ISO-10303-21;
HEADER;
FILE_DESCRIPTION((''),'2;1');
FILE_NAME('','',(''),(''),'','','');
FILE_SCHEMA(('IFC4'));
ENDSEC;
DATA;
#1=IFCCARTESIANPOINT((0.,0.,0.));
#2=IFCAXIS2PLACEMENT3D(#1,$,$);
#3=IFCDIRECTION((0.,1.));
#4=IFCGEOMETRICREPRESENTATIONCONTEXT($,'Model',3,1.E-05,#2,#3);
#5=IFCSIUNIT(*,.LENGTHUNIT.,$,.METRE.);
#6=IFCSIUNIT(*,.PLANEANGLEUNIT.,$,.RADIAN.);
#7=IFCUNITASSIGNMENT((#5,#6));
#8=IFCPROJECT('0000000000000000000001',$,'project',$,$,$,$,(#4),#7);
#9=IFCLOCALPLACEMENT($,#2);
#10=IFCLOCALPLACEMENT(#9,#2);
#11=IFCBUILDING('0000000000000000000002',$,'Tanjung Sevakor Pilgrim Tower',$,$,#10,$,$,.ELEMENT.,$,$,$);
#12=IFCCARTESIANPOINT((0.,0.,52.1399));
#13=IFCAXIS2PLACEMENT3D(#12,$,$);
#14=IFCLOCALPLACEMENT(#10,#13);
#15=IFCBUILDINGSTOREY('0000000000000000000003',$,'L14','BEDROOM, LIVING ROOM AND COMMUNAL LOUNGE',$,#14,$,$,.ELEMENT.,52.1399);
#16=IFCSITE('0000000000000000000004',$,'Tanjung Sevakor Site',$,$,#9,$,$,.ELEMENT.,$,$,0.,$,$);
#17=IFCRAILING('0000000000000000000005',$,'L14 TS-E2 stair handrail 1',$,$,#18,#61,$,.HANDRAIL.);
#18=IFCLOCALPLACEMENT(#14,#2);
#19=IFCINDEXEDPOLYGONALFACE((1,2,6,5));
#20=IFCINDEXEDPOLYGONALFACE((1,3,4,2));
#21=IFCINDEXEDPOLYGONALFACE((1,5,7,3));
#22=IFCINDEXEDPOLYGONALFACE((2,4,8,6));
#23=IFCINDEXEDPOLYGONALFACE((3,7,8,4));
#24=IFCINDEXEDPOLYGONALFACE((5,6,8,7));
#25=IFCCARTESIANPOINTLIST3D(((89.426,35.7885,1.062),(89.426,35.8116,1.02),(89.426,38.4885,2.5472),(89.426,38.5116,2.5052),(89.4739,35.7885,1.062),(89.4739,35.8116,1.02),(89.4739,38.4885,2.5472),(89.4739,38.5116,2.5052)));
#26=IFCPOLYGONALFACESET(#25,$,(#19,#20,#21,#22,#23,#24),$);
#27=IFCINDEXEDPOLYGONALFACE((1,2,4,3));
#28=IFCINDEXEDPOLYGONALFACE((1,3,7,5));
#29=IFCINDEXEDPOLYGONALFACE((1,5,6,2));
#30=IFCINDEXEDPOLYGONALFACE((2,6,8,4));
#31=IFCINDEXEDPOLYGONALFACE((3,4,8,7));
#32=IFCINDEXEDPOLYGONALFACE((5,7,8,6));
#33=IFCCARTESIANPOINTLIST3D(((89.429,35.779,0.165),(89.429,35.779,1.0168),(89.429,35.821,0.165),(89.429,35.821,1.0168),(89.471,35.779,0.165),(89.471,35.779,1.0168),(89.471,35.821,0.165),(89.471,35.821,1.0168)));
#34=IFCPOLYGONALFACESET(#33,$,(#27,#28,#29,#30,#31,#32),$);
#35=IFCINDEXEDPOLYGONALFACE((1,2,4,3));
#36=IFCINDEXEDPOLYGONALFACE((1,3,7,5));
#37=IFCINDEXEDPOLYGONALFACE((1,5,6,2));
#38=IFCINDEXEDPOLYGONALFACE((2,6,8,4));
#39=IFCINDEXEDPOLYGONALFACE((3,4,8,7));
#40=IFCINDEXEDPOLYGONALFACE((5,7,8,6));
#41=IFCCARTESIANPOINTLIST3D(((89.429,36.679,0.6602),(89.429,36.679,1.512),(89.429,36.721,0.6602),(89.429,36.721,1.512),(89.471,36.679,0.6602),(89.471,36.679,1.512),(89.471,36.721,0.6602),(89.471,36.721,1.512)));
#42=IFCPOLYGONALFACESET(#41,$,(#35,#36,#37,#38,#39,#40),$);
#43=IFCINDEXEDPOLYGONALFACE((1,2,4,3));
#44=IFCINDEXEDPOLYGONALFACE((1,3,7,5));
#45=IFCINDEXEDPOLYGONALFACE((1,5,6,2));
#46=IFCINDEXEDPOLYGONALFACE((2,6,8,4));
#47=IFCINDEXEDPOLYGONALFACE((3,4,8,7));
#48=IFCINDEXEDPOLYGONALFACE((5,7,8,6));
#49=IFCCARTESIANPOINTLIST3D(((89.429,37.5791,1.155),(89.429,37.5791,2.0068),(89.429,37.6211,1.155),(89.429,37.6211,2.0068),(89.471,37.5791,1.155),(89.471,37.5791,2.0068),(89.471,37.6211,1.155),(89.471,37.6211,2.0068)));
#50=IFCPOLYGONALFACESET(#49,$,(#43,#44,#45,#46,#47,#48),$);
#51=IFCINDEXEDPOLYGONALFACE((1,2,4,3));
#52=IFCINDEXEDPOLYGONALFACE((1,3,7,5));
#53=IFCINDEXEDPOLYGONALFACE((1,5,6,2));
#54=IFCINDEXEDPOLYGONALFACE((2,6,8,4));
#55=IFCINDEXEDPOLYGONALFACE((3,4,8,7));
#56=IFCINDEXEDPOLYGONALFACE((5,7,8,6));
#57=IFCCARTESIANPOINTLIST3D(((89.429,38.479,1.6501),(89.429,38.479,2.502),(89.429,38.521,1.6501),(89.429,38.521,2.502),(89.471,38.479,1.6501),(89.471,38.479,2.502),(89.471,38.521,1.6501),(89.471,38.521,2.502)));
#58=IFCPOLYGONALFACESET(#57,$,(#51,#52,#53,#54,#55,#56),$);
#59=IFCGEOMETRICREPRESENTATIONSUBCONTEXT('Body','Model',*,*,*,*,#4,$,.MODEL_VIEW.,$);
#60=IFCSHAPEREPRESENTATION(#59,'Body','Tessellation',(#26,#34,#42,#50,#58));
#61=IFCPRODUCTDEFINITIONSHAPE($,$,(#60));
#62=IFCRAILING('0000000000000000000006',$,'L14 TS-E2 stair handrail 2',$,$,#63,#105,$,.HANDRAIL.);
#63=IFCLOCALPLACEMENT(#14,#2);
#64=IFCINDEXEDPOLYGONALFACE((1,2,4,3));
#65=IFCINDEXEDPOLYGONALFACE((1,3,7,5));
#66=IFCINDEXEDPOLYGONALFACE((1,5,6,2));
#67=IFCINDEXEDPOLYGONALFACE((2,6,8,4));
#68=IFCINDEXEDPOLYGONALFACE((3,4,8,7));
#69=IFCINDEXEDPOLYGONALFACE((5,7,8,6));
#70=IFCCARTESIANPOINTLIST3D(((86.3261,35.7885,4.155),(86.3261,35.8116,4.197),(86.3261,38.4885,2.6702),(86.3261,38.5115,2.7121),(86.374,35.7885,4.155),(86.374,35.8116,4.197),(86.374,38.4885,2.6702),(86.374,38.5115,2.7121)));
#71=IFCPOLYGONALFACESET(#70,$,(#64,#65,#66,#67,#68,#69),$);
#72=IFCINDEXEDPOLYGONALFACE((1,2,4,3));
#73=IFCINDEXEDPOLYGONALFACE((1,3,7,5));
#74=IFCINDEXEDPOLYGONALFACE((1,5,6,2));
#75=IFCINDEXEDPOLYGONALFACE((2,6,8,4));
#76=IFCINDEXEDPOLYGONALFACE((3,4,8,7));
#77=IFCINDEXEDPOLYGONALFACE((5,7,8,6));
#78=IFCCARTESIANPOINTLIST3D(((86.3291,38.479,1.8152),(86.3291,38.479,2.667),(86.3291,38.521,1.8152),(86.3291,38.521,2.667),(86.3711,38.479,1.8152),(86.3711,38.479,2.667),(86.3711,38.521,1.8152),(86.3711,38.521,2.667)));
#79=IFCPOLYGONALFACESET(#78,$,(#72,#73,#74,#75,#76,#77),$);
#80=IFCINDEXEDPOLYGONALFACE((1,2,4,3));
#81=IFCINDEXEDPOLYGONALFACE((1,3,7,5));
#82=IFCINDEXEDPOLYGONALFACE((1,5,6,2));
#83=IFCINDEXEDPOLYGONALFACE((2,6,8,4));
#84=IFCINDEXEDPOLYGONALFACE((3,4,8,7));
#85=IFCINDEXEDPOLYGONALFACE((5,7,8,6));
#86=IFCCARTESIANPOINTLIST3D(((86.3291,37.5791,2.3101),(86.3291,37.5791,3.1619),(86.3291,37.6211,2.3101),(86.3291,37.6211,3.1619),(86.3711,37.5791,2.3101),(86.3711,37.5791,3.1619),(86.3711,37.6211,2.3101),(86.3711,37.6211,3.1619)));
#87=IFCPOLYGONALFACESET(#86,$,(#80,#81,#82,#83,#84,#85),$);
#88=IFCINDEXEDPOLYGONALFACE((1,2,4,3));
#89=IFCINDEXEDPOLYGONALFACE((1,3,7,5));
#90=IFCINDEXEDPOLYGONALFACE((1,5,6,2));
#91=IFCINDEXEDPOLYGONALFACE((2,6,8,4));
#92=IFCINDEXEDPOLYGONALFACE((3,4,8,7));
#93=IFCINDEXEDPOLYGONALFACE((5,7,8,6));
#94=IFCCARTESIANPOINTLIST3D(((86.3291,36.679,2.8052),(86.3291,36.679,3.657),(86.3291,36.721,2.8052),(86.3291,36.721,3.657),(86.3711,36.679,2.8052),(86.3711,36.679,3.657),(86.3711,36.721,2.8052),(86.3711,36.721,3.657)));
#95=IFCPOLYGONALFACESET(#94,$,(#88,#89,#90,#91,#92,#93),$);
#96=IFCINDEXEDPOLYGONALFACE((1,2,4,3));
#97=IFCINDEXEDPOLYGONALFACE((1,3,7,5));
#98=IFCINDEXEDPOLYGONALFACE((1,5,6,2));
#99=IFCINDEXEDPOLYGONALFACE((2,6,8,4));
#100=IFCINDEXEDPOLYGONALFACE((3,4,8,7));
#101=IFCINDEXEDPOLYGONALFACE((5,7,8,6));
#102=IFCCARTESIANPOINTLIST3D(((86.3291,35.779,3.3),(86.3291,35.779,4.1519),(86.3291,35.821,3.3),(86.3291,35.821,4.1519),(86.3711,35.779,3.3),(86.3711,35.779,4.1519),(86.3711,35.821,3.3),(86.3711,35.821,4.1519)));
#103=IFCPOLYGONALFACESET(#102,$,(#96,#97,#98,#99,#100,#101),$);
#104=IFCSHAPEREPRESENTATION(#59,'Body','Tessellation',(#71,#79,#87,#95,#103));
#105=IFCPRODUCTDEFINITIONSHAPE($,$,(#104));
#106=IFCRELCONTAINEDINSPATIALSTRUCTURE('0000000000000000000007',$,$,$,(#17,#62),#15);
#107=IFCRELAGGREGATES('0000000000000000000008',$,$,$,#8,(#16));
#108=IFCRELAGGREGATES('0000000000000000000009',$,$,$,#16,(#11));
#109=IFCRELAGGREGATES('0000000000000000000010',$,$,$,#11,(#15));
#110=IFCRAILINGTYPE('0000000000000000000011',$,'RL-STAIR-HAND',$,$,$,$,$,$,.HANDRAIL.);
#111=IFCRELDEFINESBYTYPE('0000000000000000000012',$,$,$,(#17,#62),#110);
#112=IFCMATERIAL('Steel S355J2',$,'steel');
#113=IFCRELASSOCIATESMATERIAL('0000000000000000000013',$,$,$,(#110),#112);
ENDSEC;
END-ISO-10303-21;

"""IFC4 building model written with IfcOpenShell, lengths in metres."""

from ifc_helpers import new_model, si_unit, direction, frame, origin, place, context, subcontext, project, spatial, rectangle, extrude, material, type_object, element, save


model = new_model("IFC4")

# Units and contexts
model_context = context("Model", 3, precision=1e-05, world=origin(), true_north=direction((0.0, 1.0)))
body_context = subcontext(model_context, "Body", "Model", "MODEL_VIEW")
ifc_project = project(units=[si_unit("LENGTHUNIT", "METRE"), si_unit("PLANEANGLEUNIT", "RADIAN")], contexts=[model_context])

# Site, building, storey
site_placement = place(None, origin())
site = spatial("IfcSite", under=ifc_project, at=site_placement, Name="Tanjung Sevakor Site", CompositionType="ELEMENT", RefElevation=0.0)
building_placement = place(site_placement, origin())
building = spatial("IfcBuilding", under=site, at=building_placement, Name="Tanjung Sevakor Pilgrim Tower", CompositionType="ELEMENT")
storey_placement = place(building_placement, frame((0.0, 0.0, 52.1399)))
storey = spatial("IfcBuildingStorey", under=building, at=storey_placement, Name="L14", Description="BEDROOM, LIVING ROOM AND COMMUNAL LOUNGE", CompositionType="ELEMENT", Elevation=52.1399)

# Railings
ifc_material_1 = material(Name="Steel S355J2", Category="steel")
railing_type_1 = type_object("IfcRailingType", Name="RL-STAIR-HAND", PredefinedType="HANDRAIL", material=ifc_material_1)
railing_1_placement = place(storey_placement, frame((89.45, 35.8, 0.165)))
element("IfcRailing", 1, at=railing_1_placement, inside=storey, type_object=railing_type_1, Name="L14 TS-E2 stair handrail 1", PredefinedType="HANDRAIL", context=body_context, shape_type="SweptSolid", body=[
    extrude(rectangle(XDim=0.0479, YDim=0.0479), frame((0.0, 0.0, 0.876), z_axis=(0.0, 0.876198, 0.481952), x_axis=(-1.0, 0.0, 0.0)), (0.0, 0.0, 1.0), 3.0815),
    extrude(rectangle(XDim=0.042, YDim=0.042), origin(), (0.0, 0.0, 1.0), 0.8518),
    extrude(rectangle(XDim=0.042, YDim=0.042), frame((0.0, 0.8999, 0.4951)), (0.0, 0.0, 1.0), 0.8518),
    extrude(rectangle(XDim=0.042, YDim=0.042), frame((0.0, 1.8, 0.99)), (0.0, 0.0, 1.0), 0.8518),
    extrude(rectangle(XDim=0.042, YDim=0.042), frame((0.0, 2.7, 1.4851)), (0.0, 0.0, 1.0), 0.8518),
])
railing_2_placement = place(storey_placement, frame((86.3501, 38.5, 1.8152)))
element("IfcRailing", 2, at=railing_2_placement, inside=storey, type_object=railing_type_1, Name="L14 TS-E2 stair handrail 2", PredefinedType="HANDRAIL", context=body_context, shape_type="SweptSolid", body=[
    extrude(rectangle(XDim=0.0479, YDim=0.0479), frame((0.0, 0.0, 0.876), z_axis=(0.0, -0.876231, 0.481891), x_axis=(1.0, 0.0, 0.0)), (0.0, 0.0, 1.0), 3.0813),
    extrude(rectangle(XDim=0.042, YDim=0.042), origin(), (0.0, 0.0, 1.0), 0.8518),
    extrude(rectangle(XDim=0.042, YDim=0.042), frame((0.0, -0.8999, 0.4949)), (0.0, 0.0, 1.0), 0.8518),
    extrude(rectangle(XDim=0.042, YDim=0.042), frame((0.0, -1.8, 0.99)), (0.0, 0.0, 1.0), 0.8518),
    extrude(rectangle(XDim=0.042, YDim=0.042), frame((0.0, -2.7, 1.4849)), (0.0, 0.0, 1.0), 0.8518),
])

save(model, "model.ifc")
